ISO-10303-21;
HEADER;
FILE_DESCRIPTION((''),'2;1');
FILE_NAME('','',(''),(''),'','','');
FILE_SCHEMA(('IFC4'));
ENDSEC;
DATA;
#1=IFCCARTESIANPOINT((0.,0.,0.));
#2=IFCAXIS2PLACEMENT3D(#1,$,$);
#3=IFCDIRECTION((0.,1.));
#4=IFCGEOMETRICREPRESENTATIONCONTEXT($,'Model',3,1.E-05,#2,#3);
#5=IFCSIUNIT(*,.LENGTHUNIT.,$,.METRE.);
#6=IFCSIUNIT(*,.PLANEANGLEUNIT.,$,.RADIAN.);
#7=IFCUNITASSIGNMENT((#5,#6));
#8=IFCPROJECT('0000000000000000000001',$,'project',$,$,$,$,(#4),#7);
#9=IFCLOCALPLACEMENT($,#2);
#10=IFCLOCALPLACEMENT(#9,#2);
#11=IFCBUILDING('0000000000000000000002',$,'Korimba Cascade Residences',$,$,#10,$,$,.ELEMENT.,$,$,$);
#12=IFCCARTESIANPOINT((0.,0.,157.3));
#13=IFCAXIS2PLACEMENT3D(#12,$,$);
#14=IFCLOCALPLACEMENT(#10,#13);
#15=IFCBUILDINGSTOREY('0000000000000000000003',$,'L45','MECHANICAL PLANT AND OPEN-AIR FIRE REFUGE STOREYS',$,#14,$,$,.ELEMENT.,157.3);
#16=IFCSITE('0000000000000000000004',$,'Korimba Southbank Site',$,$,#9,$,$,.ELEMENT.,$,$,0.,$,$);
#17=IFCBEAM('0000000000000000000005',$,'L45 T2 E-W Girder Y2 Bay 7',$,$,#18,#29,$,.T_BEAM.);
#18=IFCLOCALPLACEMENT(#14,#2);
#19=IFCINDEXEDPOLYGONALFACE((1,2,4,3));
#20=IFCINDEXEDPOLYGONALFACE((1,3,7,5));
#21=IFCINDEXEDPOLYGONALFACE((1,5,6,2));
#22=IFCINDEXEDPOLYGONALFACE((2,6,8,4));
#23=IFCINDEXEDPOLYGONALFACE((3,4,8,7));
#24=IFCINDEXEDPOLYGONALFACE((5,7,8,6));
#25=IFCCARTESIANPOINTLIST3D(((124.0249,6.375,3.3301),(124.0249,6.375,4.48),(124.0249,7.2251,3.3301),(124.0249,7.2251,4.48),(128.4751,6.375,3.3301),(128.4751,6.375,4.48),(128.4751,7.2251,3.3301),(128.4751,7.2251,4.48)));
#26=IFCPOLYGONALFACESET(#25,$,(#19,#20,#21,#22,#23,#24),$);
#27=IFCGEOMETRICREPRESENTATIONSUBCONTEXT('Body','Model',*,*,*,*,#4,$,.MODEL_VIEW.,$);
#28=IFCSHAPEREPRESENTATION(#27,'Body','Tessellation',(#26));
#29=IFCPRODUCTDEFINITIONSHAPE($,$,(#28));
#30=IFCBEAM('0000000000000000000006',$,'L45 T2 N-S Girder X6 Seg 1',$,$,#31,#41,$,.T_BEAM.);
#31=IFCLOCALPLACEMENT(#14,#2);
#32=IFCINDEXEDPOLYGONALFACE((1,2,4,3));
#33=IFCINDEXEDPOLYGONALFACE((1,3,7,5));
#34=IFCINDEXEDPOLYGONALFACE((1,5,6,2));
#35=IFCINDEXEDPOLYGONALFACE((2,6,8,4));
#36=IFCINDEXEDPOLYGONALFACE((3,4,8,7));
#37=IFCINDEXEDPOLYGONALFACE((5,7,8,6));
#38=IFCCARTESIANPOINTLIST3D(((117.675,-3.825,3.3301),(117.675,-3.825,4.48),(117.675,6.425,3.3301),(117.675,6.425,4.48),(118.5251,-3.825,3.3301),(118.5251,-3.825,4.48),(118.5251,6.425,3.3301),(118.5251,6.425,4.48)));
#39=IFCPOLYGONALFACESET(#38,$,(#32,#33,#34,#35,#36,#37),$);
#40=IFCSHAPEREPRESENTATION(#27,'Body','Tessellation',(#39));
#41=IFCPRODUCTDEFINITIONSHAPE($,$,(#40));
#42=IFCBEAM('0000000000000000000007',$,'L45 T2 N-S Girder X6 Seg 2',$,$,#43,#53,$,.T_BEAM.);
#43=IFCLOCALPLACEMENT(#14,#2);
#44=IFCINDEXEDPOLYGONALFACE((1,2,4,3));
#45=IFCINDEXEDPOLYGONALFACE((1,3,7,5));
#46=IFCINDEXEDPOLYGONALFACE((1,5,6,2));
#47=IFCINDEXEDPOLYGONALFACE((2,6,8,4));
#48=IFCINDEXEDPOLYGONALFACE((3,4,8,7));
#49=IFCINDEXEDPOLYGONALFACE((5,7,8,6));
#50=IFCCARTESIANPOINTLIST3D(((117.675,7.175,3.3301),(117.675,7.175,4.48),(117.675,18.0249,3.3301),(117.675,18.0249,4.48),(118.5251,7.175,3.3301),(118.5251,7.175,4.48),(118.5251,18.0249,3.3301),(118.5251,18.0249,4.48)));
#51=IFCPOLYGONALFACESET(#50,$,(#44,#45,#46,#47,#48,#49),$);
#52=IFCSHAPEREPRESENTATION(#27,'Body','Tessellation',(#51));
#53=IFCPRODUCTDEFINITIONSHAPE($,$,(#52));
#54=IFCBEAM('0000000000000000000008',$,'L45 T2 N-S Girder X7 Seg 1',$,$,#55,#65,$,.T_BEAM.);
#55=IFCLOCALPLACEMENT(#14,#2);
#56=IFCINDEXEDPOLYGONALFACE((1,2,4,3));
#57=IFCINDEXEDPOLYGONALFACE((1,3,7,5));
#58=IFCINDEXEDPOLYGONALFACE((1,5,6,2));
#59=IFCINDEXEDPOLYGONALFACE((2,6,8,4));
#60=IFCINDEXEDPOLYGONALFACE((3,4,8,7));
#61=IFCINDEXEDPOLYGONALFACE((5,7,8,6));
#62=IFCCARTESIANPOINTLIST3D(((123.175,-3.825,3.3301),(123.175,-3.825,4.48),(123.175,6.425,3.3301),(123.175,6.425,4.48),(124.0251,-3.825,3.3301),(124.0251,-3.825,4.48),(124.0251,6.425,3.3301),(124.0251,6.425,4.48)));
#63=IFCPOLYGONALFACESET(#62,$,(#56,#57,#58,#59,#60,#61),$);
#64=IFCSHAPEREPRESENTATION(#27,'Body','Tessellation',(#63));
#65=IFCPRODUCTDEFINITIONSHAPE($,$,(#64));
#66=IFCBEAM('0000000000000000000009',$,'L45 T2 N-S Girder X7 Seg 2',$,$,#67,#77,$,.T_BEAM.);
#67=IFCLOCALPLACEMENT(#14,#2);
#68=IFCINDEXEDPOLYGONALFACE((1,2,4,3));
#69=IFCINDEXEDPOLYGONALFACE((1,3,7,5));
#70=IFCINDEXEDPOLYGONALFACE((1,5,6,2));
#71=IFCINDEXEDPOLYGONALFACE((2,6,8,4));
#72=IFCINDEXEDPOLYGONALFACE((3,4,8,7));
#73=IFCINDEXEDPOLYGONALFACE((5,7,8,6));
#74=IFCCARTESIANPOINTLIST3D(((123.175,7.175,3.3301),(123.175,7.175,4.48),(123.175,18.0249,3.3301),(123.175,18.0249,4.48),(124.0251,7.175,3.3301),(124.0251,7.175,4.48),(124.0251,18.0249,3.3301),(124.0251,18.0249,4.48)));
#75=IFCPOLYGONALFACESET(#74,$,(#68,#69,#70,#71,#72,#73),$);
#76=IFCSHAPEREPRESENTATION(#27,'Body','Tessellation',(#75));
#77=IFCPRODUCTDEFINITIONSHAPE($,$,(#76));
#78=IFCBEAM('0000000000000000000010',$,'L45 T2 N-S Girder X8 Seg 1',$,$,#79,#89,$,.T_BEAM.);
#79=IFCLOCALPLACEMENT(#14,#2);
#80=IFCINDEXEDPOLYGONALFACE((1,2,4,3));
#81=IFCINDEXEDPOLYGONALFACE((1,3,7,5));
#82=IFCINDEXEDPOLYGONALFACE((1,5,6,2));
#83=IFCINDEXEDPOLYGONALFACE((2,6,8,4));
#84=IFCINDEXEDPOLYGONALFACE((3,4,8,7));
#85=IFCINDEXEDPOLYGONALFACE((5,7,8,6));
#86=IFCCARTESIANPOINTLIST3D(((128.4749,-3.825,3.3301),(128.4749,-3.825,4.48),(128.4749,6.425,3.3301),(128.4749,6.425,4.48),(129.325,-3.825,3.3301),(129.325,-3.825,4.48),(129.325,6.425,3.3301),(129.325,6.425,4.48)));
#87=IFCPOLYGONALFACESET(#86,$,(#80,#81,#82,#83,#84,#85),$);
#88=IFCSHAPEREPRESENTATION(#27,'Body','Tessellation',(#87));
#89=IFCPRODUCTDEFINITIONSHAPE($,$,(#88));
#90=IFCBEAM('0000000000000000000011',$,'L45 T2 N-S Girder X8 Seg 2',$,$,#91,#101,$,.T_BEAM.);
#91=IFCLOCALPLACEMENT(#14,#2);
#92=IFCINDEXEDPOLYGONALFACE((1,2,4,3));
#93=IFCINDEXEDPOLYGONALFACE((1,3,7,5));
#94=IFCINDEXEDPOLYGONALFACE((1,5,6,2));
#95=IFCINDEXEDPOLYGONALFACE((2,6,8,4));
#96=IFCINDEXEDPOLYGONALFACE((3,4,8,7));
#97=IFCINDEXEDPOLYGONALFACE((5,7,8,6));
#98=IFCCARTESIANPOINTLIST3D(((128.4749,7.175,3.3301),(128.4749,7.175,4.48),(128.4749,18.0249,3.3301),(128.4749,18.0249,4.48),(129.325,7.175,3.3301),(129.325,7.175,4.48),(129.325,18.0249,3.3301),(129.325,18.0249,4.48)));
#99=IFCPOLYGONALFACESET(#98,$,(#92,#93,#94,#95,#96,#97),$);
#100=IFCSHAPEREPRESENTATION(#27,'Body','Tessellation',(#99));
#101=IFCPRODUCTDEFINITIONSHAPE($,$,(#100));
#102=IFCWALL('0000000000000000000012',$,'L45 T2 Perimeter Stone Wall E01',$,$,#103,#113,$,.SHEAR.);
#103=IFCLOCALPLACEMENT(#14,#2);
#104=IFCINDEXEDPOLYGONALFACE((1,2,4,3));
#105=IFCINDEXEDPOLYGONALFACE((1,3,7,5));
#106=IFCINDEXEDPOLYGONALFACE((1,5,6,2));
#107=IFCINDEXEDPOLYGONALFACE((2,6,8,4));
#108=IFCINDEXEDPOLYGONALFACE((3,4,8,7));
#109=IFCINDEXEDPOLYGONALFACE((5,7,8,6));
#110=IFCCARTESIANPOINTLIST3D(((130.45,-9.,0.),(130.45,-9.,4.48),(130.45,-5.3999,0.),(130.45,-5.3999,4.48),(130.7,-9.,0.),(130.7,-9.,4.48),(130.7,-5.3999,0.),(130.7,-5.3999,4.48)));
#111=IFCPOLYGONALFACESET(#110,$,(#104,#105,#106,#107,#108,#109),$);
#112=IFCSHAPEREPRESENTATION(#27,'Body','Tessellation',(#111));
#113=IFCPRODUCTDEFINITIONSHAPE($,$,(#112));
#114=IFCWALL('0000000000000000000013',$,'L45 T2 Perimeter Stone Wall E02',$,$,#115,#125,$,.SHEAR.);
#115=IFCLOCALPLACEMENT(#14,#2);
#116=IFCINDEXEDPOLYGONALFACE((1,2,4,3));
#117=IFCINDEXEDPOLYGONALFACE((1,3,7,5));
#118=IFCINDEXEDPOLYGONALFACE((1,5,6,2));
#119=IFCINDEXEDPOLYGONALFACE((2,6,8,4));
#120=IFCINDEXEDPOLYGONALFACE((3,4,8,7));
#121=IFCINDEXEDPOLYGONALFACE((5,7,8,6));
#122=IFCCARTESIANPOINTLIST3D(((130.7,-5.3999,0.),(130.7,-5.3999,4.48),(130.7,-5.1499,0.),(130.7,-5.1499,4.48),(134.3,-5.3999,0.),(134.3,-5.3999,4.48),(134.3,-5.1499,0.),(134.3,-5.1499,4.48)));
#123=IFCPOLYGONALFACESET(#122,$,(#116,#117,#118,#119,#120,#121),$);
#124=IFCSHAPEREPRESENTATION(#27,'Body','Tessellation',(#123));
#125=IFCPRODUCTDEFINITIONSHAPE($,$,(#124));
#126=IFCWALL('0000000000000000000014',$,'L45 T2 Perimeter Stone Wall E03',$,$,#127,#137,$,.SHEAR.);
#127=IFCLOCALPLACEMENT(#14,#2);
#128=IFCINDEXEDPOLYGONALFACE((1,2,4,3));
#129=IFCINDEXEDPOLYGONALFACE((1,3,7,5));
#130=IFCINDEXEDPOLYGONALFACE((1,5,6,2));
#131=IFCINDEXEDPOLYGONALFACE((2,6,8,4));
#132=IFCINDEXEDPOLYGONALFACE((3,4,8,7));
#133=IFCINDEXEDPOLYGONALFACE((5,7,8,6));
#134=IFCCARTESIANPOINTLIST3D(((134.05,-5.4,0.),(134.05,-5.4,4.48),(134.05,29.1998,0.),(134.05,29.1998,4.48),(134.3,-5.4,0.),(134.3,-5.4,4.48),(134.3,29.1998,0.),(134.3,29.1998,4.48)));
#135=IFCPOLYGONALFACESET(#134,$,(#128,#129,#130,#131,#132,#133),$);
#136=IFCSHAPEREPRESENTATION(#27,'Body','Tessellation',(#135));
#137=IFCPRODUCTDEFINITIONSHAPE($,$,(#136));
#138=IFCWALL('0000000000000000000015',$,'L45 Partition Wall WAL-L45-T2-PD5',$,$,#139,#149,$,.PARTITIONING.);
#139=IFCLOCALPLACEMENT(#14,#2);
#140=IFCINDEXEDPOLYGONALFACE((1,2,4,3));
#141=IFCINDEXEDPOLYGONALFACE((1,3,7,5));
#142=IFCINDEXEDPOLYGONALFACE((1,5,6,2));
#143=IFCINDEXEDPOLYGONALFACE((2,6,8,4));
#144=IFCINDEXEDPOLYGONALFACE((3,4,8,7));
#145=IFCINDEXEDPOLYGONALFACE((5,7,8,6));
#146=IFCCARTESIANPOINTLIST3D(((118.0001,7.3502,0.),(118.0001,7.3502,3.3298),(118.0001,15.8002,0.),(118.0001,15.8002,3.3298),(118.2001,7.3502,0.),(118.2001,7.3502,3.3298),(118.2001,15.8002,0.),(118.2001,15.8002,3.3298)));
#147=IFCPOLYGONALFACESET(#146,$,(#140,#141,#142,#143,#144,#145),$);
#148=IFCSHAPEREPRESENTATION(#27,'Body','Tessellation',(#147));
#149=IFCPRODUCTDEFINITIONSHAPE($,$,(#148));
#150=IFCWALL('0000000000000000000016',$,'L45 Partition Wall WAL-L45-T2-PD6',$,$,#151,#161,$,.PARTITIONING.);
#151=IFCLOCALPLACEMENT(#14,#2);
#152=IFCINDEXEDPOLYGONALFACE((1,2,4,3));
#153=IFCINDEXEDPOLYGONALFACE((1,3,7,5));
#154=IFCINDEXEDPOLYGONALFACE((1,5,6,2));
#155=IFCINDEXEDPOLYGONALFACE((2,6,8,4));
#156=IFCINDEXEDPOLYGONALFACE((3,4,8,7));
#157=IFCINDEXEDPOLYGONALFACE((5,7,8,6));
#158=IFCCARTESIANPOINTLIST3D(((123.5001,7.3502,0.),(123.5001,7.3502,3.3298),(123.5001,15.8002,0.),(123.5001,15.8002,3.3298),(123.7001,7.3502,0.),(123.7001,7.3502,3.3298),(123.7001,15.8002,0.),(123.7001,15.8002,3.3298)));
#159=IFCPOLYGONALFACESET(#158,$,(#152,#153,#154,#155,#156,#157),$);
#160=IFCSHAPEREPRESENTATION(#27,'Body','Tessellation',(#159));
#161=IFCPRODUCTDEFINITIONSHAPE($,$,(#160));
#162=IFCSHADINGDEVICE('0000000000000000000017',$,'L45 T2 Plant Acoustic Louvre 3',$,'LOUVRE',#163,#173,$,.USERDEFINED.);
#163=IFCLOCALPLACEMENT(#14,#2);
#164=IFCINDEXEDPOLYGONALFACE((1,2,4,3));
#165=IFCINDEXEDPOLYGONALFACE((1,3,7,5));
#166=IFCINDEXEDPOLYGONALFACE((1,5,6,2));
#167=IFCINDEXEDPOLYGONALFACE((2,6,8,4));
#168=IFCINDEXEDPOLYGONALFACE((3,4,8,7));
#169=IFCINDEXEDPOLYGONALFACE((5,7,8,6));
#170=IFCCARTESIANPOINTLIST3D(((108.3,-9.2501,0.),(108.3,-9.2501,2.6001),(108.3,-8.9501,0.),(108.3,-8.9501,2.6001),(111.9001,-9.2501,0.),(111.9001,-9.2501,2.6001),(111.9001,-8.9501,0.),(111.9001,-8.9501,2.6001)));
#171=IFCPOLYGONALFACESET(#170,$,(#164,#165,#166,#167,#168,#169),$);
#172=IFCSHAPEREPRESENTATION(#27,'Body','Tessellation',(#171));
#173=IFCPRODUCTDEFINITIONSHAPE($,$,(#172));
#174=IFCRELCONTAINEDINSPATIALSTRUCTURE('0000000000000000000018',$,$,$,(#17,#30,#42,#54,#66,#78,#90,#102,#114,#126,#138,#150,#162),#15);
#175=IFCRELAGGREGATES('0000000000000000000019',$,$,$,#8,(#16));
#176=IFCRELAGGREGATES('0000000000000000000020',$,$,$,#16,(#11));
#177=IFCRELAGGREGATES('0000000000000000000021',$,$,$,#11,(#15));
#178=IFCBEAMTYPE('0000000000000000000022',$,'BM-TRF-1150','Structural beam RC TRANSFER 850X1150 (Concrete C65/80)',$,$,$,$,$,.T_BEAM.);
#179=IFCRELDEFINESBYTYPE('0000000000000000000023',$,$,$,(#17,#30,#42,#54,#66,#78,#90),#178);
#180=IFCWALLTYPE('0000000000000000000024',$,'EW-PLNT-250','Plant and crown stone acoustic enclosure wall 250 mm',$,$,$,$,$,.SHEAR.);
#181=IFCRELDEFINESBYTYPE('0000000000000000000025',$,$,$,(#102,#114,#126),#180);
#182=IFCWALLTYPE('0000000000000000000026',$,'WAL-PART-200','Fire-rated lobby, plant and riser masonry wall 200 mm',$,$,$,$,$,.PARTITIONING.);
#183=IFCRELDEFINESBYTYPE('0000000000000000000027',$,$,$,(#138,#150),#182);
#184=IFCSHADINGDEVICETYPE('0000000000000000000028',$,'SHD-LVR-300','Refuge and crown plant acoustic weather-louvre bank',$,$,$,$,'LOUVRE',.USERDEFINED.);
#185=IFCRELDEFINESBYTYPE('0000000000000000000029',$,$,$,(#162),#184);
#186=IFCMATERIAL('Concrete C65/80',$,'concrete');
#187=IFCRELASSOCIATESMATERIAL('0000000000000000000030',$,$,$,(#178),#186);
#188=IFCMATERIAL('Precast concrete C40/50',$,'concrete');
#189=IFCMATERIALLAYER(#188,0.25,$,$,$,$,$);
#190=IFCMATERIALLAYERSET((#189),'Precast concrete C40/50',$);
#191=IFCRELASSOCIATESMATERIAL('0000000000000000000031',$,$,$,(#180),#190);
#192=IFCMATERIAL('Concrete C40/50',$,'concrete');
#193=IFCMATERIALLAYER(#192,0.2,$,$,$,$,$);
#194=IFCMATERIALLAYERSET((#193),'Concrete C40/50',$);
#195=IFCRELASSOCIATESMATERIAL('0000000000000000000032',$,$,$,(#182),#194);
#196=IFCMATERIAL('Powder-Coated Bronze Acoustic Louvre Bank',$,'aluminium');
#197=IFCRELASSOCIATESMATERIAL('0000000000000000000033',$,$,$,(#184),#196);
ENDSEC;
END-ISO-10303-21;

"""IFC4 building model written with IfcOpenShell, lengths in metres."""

from ifc_helpers import new_model, si_unit, direction, frame, frame_2d, origin, origin_2d, place, context, subcontext, project, spatial, rectangle, extrude, material, layer, layer_set, material_profile, profile_set, type_object, element, save


model = new_model("IFC4")

# Units and contexts
model_context = context("Model", 3, precision=1e-05, world=origin(), true_north=direction((0.0, 1.0)))
body_context = subcontext(model_context, "Body", "Model", "MODEL_VIEW")
ifc_project = project(units=[si_unit("LENGTHUNIT", "METRE"), si_unit("PLANEANGLEUNIT", "RADIAN")], contexts=[model_context])

# Site, building, storey
site_placement = place(None, origin())
site = spatial("IfcSite", under=ifc_project, at=site_placement, Name="Korimba Southbank Site", CompositionType="ELEMENT", RefElevation=0.0)
building_placement = place(site_placement, origin())
building = spatial("IfcBuilding", under=site, at=building_placement, Name="Korimba Cascade Residences", CompositionType="ELEMENT")
storey_placement = place(building_placement, frame((0.0, 0.0, 157.3)))
storey = spatial("IfcBuildingStorey", under=building, at=storey_placement, Name="L45", Description="MECHANICAL PLANT AND OPEN-AIR FIRE REFUGE STOREYS", CompositionType="ELEMENT", Elevation=157.3)

# Shared definitions
ifc_material_1 = material(Name="Concrete C65/80", Category="concrete")

# Beams
ifc_material_profile_1 = material_profile(ifc_material_1, rectangle(XDim=0.8501, YDim=1.1499, at=origin_2d()), Name="Concrete C65/80")
ifc_profile_set_1 = profile_set([ifc_material_profile_1], Name="Concrete C65/80")
beam_type_1 = type_object("IfcBeamType", Name="BM-TRF-1150", Description="Structural beam RC TRANSFER 850X1150 (Concrete C65/80)", PredefinedType="T_BEAM", material=ifc_profile_set_1)
beam_1_placement = place(storey_placement, frame((124.0249, 6.8, 3.905), z_axis=(1.0, 0.0, 0.0), x_axis=(0.0, 1.0, 0.0)))
element("IfcBeam", 1, at=beam_1_placement, inside=storey, type_object=beam_type_1, Name="L45 T2 E-W Girder Y2 Bay 7", PredefinedType="T_BEAM", context=body_context, shape_type="SweptSolid", body=[
    extrude(rectangle(XDim=0.8501, YDim=1.1499, at=origin_2d()), origin(), (0.0, 0.0, 1.0), 4.4502),
])
beam_2_placement = place(storey_placement, frame((118.1001, -3.825, 3.905), z_axis=(0.0, 1.0, 0.0), x_axis=(-1.0, 0.0, 0.0)))
element("IfcBeam", 2, at=beam_2_placement, inside=storey, type_object=beam_type_1, Name="L45 T2 N-S Girder X6 Seg 1", PredefinedType="T_BEAM", context=body_context, shape_type="SweptSolid", body=[
    extrude(rectangle(XDim=0.8501, YDim=1.1499, at=origin_2d()), origin(), (0.0, 0.0, 1.0), 10.25),
])
beam_3_placement = place(storey_placement, frame((118.1001, 7.175, 3.905), z_axis=(0.0, 1.0, 0.0), x_axis=(-1.0, 0.0, 0.0)))
element("IfcBeam", 3, at=beam_3_placement, inside=storey, type_object=beam_type_1, Name="L45 T2 N-S Girder X6 Seg 2", PredefinedType="T_BEAM", context=body_context, shape_type="SweptSolid", body=[
    extrude(rectangle(XDim=0.8501, YDim=1.1499, at=origin_2d()), origin(), (0.0, 0.0, 1.0), 10.8499),
])
beam_4_placement = place(storey_placement, frame((123.6001, -3.825, 3.905), z_axis=(0.0, 1.0, 0.0), x_axis=(-1.0, 0.0, 0.0)))
element("IfcBeam", 4, at=beam_4_placement, inside=storey, type_object=beam_type_1, Name="L45 T2 N-S Girder X7 Seg 1", PredefinedType="T_BEAM", context=body_context, shape_type="SweptSolid", body=[
    extrude(rectangle(XDim=0.8501, YDim=1.1499, at=origin_2d()), origin(), (0.0, 0.0, 1.0), 10.25),
])
beam_5_placement = place(storey_placement, frame((123.6001, 7.175, 3.905), z_axis=(0.0, 1.0, 0.0), x_axis=(-1.0, 0.0, 0.0)))
element("IfcBeam", 5, at=beam_5_placement, inside=storey, type_object=beam_type_1, Name="L45 T2 N-S Girder X7 Seg 2", PredefinedType="T_BEAM", context=body_context, shape_type="SweptSolid", body=[
    extrude(rectangle(XDim=0.8501, YDim=1.1499, at=origin_2d()), origin(), (0.0, 0.0, 1.0), 10.8499),
])
beam_6_placement = place(storey_placement, frame((128.8999, -3.825, 3.905), z_axis=(0.0, 1.0, 0.0), x_axis=(-1.0, 0.0, 0.0)))
element("IfcBeam", 6, at=beam_6_placement, inside=storey, type_object=beam_type_1, Name="L45 T2 N-S Girder X8 Seg 1", PredefinedType="T_BEAM", context=body_context, shape_type="SweptSolid", body=[
    extrude(rectangle(XDim=0.8501, YDim=1.1499, at=origin_2d()), origin(), (0.0, 0.0, 1.0), 10.25),
])
beam_7_placement = place(storey_placement, frame((128.8999, 7.175, 3.905), z_axis=(0.0, 1.0, 0.0), x_axis=(-1.0, 0.0, 0.0)))
element("IfcBeam", 7, at=beam_7_placement, inside=storey, type_object=beam_type_1, Name="L45 T2 N-S Girder X8 Seg 2", PredefinedType="T_BEAM", context=body_context, shape_type="SweptSolid", body=[
    extrude(rectangle(XDim=0.8501, YDim=1.1499, at=origin_2d()), origin(), (0.0, 0.0, 1.0), 10.8499),
])

# Walls
ifc_material_2 = material(Name="Precast concrete C40/50", Category="concrete")
ifc_layer_1 = layer(ifc_material_2, 0.25)
ifc_layer_set_1 = layer_set([ifc_layer_1], Name="Precast concrete C40/50")
wall_type_1 = type_object("IfcWallType", Name="EW-PLNT-250", Description="Plant and crown stone acoustic enclosure wall 250 mm", PredefinedType="SHEAR", material=ifc_layer_set_1)
for number, where, z_axis, x_axis, name in (
    (8, (130.575, -9.0, 0.0), (0.0, 0.0, 1.0), (0.0, 1.0, 0.0), "L45 T2 Perimeter Stone Wall E01"),
    (9, (130.7, -5.2749, 0.0), (0.0, 0.0, 1.0), (1.0, 0.0, 0.0), "L45 T2 Perimeter Stone Wall E02"),
):
    element("IfcWall", number, at=place(storey_placement, frame(where, z_axis=z_axis, x_axis=x_axis)), inside=storey, type_object=wall_type_1, Name=name, PredefinedType="SHEAR", context=body_context, shape_type="SweptSolid", body=[
        extrude(rectangle(XDim=3.6001, YDim=0.25, at=frame_2d((1.8, 0.0))), origin(), (0.0, 0.0, 1.0), 4.48),
    ])
wall_placement = place(storey_placement, frame((134.175, -5.3999, 0.0), z_axis=(0.0, 0.0, 1.0), x_axis=(0.0, 1.0, 0.0)))
element("IfcWall", 10, at=wall_placement, inside=storey, type_object=wall_type_1, Name="L45 T2 Perimeter Stone Wall E03", PredefinedType="SHEAR", context=body_context, shape_type="SweptSolid", body=[
    extrude(rectangle(XDim=34.5999, YDim=0.25, at=frame_2d((17.2998, 0.0))), origin(), (0.0, 0.0, 1.0), 4.48),
])
ifc_material_3 = material(Name="Concrete C40/50", Category="concrete")
ifc_layer_2 = layer(ifc_material_3, 0.2)
ifc_layer_set_2 = layer_set([ifc_layer_2], Name="Concrete C40/50")
wall_type_2 = type_object("IfcWallType", Name="WAL-PART-200", Description="Fire-rated lobby, plant and riser masonry wall 200 mm", PredefinedType="PARTITIONING", material=ifc_layer_set_2)
for number, where, z_axis, x_axis, name in (
    (11, (118.1001, 7.3501, 0.0), (0.0, 0.0, 1.0), (0.0, 1.0, 0.0), "L45 Partition Wall WAL-L45-T2-PD5"),
    (12, (123.6001, 7.3501, 0.0), (0.0, 0.0, 1.0), (0.0, 1.0, 0.0), "L45 Partition Wall WAL-L45-T2-PD6"),
):
    element("IfcWall", number, at=place(storey_placement, frame(where, z_axis=z_axis, x_axis=x_axis)), inside=storey, type_object=wall_type_2, Name=name, PredefinedType="PARTITIONING", context=body_context, shape_type="SweptSolid", body=[
        extrude(rectangle(XDim=8.45, YDim=0.2, at=frame_2d((4.2251, 0.0))), origin(), (0.0, 0.0, 1.0), 3.3298),
    ])

# Shading device
ifc_material_4 = material(Name="Powder-Coated Bronze Acoustic Louvre Bank", Category="aluminium")
shading_device_type = type_object("IfcShadingDeviceType", Name="SHD-LVR-300", Description="Refuge and crown plant acoustic weather-louvre bank", ElementType="LOUVRE", PredefinedType="USERDEFINED", material=ifc_material_4)
shading_device_placement = place(storey_placement, frame((110.1001, -9.1001, 0.0), z_axis=(0.0, 0.0, 1.0), x_axis=(1.0, 0.0, 0.0)))
element("IfcShadingDevice", 13, at=shading_device_placement, inside=storey, type_object=shading_device_type, Name="L45 T2 Plant Acoustic Louvre 3", ObjectType="LOUVRE", PredefinedType="USERDEFINED", context=body_context, shape_type="SweptSolid", body=[
    extrude(rectangle(XDim=3.6001, YDim=0.3, at=origin_2d()), origin(), (0.0, 0.0, 1.0), 2.6001),
])

save(model, "model.ifc")
